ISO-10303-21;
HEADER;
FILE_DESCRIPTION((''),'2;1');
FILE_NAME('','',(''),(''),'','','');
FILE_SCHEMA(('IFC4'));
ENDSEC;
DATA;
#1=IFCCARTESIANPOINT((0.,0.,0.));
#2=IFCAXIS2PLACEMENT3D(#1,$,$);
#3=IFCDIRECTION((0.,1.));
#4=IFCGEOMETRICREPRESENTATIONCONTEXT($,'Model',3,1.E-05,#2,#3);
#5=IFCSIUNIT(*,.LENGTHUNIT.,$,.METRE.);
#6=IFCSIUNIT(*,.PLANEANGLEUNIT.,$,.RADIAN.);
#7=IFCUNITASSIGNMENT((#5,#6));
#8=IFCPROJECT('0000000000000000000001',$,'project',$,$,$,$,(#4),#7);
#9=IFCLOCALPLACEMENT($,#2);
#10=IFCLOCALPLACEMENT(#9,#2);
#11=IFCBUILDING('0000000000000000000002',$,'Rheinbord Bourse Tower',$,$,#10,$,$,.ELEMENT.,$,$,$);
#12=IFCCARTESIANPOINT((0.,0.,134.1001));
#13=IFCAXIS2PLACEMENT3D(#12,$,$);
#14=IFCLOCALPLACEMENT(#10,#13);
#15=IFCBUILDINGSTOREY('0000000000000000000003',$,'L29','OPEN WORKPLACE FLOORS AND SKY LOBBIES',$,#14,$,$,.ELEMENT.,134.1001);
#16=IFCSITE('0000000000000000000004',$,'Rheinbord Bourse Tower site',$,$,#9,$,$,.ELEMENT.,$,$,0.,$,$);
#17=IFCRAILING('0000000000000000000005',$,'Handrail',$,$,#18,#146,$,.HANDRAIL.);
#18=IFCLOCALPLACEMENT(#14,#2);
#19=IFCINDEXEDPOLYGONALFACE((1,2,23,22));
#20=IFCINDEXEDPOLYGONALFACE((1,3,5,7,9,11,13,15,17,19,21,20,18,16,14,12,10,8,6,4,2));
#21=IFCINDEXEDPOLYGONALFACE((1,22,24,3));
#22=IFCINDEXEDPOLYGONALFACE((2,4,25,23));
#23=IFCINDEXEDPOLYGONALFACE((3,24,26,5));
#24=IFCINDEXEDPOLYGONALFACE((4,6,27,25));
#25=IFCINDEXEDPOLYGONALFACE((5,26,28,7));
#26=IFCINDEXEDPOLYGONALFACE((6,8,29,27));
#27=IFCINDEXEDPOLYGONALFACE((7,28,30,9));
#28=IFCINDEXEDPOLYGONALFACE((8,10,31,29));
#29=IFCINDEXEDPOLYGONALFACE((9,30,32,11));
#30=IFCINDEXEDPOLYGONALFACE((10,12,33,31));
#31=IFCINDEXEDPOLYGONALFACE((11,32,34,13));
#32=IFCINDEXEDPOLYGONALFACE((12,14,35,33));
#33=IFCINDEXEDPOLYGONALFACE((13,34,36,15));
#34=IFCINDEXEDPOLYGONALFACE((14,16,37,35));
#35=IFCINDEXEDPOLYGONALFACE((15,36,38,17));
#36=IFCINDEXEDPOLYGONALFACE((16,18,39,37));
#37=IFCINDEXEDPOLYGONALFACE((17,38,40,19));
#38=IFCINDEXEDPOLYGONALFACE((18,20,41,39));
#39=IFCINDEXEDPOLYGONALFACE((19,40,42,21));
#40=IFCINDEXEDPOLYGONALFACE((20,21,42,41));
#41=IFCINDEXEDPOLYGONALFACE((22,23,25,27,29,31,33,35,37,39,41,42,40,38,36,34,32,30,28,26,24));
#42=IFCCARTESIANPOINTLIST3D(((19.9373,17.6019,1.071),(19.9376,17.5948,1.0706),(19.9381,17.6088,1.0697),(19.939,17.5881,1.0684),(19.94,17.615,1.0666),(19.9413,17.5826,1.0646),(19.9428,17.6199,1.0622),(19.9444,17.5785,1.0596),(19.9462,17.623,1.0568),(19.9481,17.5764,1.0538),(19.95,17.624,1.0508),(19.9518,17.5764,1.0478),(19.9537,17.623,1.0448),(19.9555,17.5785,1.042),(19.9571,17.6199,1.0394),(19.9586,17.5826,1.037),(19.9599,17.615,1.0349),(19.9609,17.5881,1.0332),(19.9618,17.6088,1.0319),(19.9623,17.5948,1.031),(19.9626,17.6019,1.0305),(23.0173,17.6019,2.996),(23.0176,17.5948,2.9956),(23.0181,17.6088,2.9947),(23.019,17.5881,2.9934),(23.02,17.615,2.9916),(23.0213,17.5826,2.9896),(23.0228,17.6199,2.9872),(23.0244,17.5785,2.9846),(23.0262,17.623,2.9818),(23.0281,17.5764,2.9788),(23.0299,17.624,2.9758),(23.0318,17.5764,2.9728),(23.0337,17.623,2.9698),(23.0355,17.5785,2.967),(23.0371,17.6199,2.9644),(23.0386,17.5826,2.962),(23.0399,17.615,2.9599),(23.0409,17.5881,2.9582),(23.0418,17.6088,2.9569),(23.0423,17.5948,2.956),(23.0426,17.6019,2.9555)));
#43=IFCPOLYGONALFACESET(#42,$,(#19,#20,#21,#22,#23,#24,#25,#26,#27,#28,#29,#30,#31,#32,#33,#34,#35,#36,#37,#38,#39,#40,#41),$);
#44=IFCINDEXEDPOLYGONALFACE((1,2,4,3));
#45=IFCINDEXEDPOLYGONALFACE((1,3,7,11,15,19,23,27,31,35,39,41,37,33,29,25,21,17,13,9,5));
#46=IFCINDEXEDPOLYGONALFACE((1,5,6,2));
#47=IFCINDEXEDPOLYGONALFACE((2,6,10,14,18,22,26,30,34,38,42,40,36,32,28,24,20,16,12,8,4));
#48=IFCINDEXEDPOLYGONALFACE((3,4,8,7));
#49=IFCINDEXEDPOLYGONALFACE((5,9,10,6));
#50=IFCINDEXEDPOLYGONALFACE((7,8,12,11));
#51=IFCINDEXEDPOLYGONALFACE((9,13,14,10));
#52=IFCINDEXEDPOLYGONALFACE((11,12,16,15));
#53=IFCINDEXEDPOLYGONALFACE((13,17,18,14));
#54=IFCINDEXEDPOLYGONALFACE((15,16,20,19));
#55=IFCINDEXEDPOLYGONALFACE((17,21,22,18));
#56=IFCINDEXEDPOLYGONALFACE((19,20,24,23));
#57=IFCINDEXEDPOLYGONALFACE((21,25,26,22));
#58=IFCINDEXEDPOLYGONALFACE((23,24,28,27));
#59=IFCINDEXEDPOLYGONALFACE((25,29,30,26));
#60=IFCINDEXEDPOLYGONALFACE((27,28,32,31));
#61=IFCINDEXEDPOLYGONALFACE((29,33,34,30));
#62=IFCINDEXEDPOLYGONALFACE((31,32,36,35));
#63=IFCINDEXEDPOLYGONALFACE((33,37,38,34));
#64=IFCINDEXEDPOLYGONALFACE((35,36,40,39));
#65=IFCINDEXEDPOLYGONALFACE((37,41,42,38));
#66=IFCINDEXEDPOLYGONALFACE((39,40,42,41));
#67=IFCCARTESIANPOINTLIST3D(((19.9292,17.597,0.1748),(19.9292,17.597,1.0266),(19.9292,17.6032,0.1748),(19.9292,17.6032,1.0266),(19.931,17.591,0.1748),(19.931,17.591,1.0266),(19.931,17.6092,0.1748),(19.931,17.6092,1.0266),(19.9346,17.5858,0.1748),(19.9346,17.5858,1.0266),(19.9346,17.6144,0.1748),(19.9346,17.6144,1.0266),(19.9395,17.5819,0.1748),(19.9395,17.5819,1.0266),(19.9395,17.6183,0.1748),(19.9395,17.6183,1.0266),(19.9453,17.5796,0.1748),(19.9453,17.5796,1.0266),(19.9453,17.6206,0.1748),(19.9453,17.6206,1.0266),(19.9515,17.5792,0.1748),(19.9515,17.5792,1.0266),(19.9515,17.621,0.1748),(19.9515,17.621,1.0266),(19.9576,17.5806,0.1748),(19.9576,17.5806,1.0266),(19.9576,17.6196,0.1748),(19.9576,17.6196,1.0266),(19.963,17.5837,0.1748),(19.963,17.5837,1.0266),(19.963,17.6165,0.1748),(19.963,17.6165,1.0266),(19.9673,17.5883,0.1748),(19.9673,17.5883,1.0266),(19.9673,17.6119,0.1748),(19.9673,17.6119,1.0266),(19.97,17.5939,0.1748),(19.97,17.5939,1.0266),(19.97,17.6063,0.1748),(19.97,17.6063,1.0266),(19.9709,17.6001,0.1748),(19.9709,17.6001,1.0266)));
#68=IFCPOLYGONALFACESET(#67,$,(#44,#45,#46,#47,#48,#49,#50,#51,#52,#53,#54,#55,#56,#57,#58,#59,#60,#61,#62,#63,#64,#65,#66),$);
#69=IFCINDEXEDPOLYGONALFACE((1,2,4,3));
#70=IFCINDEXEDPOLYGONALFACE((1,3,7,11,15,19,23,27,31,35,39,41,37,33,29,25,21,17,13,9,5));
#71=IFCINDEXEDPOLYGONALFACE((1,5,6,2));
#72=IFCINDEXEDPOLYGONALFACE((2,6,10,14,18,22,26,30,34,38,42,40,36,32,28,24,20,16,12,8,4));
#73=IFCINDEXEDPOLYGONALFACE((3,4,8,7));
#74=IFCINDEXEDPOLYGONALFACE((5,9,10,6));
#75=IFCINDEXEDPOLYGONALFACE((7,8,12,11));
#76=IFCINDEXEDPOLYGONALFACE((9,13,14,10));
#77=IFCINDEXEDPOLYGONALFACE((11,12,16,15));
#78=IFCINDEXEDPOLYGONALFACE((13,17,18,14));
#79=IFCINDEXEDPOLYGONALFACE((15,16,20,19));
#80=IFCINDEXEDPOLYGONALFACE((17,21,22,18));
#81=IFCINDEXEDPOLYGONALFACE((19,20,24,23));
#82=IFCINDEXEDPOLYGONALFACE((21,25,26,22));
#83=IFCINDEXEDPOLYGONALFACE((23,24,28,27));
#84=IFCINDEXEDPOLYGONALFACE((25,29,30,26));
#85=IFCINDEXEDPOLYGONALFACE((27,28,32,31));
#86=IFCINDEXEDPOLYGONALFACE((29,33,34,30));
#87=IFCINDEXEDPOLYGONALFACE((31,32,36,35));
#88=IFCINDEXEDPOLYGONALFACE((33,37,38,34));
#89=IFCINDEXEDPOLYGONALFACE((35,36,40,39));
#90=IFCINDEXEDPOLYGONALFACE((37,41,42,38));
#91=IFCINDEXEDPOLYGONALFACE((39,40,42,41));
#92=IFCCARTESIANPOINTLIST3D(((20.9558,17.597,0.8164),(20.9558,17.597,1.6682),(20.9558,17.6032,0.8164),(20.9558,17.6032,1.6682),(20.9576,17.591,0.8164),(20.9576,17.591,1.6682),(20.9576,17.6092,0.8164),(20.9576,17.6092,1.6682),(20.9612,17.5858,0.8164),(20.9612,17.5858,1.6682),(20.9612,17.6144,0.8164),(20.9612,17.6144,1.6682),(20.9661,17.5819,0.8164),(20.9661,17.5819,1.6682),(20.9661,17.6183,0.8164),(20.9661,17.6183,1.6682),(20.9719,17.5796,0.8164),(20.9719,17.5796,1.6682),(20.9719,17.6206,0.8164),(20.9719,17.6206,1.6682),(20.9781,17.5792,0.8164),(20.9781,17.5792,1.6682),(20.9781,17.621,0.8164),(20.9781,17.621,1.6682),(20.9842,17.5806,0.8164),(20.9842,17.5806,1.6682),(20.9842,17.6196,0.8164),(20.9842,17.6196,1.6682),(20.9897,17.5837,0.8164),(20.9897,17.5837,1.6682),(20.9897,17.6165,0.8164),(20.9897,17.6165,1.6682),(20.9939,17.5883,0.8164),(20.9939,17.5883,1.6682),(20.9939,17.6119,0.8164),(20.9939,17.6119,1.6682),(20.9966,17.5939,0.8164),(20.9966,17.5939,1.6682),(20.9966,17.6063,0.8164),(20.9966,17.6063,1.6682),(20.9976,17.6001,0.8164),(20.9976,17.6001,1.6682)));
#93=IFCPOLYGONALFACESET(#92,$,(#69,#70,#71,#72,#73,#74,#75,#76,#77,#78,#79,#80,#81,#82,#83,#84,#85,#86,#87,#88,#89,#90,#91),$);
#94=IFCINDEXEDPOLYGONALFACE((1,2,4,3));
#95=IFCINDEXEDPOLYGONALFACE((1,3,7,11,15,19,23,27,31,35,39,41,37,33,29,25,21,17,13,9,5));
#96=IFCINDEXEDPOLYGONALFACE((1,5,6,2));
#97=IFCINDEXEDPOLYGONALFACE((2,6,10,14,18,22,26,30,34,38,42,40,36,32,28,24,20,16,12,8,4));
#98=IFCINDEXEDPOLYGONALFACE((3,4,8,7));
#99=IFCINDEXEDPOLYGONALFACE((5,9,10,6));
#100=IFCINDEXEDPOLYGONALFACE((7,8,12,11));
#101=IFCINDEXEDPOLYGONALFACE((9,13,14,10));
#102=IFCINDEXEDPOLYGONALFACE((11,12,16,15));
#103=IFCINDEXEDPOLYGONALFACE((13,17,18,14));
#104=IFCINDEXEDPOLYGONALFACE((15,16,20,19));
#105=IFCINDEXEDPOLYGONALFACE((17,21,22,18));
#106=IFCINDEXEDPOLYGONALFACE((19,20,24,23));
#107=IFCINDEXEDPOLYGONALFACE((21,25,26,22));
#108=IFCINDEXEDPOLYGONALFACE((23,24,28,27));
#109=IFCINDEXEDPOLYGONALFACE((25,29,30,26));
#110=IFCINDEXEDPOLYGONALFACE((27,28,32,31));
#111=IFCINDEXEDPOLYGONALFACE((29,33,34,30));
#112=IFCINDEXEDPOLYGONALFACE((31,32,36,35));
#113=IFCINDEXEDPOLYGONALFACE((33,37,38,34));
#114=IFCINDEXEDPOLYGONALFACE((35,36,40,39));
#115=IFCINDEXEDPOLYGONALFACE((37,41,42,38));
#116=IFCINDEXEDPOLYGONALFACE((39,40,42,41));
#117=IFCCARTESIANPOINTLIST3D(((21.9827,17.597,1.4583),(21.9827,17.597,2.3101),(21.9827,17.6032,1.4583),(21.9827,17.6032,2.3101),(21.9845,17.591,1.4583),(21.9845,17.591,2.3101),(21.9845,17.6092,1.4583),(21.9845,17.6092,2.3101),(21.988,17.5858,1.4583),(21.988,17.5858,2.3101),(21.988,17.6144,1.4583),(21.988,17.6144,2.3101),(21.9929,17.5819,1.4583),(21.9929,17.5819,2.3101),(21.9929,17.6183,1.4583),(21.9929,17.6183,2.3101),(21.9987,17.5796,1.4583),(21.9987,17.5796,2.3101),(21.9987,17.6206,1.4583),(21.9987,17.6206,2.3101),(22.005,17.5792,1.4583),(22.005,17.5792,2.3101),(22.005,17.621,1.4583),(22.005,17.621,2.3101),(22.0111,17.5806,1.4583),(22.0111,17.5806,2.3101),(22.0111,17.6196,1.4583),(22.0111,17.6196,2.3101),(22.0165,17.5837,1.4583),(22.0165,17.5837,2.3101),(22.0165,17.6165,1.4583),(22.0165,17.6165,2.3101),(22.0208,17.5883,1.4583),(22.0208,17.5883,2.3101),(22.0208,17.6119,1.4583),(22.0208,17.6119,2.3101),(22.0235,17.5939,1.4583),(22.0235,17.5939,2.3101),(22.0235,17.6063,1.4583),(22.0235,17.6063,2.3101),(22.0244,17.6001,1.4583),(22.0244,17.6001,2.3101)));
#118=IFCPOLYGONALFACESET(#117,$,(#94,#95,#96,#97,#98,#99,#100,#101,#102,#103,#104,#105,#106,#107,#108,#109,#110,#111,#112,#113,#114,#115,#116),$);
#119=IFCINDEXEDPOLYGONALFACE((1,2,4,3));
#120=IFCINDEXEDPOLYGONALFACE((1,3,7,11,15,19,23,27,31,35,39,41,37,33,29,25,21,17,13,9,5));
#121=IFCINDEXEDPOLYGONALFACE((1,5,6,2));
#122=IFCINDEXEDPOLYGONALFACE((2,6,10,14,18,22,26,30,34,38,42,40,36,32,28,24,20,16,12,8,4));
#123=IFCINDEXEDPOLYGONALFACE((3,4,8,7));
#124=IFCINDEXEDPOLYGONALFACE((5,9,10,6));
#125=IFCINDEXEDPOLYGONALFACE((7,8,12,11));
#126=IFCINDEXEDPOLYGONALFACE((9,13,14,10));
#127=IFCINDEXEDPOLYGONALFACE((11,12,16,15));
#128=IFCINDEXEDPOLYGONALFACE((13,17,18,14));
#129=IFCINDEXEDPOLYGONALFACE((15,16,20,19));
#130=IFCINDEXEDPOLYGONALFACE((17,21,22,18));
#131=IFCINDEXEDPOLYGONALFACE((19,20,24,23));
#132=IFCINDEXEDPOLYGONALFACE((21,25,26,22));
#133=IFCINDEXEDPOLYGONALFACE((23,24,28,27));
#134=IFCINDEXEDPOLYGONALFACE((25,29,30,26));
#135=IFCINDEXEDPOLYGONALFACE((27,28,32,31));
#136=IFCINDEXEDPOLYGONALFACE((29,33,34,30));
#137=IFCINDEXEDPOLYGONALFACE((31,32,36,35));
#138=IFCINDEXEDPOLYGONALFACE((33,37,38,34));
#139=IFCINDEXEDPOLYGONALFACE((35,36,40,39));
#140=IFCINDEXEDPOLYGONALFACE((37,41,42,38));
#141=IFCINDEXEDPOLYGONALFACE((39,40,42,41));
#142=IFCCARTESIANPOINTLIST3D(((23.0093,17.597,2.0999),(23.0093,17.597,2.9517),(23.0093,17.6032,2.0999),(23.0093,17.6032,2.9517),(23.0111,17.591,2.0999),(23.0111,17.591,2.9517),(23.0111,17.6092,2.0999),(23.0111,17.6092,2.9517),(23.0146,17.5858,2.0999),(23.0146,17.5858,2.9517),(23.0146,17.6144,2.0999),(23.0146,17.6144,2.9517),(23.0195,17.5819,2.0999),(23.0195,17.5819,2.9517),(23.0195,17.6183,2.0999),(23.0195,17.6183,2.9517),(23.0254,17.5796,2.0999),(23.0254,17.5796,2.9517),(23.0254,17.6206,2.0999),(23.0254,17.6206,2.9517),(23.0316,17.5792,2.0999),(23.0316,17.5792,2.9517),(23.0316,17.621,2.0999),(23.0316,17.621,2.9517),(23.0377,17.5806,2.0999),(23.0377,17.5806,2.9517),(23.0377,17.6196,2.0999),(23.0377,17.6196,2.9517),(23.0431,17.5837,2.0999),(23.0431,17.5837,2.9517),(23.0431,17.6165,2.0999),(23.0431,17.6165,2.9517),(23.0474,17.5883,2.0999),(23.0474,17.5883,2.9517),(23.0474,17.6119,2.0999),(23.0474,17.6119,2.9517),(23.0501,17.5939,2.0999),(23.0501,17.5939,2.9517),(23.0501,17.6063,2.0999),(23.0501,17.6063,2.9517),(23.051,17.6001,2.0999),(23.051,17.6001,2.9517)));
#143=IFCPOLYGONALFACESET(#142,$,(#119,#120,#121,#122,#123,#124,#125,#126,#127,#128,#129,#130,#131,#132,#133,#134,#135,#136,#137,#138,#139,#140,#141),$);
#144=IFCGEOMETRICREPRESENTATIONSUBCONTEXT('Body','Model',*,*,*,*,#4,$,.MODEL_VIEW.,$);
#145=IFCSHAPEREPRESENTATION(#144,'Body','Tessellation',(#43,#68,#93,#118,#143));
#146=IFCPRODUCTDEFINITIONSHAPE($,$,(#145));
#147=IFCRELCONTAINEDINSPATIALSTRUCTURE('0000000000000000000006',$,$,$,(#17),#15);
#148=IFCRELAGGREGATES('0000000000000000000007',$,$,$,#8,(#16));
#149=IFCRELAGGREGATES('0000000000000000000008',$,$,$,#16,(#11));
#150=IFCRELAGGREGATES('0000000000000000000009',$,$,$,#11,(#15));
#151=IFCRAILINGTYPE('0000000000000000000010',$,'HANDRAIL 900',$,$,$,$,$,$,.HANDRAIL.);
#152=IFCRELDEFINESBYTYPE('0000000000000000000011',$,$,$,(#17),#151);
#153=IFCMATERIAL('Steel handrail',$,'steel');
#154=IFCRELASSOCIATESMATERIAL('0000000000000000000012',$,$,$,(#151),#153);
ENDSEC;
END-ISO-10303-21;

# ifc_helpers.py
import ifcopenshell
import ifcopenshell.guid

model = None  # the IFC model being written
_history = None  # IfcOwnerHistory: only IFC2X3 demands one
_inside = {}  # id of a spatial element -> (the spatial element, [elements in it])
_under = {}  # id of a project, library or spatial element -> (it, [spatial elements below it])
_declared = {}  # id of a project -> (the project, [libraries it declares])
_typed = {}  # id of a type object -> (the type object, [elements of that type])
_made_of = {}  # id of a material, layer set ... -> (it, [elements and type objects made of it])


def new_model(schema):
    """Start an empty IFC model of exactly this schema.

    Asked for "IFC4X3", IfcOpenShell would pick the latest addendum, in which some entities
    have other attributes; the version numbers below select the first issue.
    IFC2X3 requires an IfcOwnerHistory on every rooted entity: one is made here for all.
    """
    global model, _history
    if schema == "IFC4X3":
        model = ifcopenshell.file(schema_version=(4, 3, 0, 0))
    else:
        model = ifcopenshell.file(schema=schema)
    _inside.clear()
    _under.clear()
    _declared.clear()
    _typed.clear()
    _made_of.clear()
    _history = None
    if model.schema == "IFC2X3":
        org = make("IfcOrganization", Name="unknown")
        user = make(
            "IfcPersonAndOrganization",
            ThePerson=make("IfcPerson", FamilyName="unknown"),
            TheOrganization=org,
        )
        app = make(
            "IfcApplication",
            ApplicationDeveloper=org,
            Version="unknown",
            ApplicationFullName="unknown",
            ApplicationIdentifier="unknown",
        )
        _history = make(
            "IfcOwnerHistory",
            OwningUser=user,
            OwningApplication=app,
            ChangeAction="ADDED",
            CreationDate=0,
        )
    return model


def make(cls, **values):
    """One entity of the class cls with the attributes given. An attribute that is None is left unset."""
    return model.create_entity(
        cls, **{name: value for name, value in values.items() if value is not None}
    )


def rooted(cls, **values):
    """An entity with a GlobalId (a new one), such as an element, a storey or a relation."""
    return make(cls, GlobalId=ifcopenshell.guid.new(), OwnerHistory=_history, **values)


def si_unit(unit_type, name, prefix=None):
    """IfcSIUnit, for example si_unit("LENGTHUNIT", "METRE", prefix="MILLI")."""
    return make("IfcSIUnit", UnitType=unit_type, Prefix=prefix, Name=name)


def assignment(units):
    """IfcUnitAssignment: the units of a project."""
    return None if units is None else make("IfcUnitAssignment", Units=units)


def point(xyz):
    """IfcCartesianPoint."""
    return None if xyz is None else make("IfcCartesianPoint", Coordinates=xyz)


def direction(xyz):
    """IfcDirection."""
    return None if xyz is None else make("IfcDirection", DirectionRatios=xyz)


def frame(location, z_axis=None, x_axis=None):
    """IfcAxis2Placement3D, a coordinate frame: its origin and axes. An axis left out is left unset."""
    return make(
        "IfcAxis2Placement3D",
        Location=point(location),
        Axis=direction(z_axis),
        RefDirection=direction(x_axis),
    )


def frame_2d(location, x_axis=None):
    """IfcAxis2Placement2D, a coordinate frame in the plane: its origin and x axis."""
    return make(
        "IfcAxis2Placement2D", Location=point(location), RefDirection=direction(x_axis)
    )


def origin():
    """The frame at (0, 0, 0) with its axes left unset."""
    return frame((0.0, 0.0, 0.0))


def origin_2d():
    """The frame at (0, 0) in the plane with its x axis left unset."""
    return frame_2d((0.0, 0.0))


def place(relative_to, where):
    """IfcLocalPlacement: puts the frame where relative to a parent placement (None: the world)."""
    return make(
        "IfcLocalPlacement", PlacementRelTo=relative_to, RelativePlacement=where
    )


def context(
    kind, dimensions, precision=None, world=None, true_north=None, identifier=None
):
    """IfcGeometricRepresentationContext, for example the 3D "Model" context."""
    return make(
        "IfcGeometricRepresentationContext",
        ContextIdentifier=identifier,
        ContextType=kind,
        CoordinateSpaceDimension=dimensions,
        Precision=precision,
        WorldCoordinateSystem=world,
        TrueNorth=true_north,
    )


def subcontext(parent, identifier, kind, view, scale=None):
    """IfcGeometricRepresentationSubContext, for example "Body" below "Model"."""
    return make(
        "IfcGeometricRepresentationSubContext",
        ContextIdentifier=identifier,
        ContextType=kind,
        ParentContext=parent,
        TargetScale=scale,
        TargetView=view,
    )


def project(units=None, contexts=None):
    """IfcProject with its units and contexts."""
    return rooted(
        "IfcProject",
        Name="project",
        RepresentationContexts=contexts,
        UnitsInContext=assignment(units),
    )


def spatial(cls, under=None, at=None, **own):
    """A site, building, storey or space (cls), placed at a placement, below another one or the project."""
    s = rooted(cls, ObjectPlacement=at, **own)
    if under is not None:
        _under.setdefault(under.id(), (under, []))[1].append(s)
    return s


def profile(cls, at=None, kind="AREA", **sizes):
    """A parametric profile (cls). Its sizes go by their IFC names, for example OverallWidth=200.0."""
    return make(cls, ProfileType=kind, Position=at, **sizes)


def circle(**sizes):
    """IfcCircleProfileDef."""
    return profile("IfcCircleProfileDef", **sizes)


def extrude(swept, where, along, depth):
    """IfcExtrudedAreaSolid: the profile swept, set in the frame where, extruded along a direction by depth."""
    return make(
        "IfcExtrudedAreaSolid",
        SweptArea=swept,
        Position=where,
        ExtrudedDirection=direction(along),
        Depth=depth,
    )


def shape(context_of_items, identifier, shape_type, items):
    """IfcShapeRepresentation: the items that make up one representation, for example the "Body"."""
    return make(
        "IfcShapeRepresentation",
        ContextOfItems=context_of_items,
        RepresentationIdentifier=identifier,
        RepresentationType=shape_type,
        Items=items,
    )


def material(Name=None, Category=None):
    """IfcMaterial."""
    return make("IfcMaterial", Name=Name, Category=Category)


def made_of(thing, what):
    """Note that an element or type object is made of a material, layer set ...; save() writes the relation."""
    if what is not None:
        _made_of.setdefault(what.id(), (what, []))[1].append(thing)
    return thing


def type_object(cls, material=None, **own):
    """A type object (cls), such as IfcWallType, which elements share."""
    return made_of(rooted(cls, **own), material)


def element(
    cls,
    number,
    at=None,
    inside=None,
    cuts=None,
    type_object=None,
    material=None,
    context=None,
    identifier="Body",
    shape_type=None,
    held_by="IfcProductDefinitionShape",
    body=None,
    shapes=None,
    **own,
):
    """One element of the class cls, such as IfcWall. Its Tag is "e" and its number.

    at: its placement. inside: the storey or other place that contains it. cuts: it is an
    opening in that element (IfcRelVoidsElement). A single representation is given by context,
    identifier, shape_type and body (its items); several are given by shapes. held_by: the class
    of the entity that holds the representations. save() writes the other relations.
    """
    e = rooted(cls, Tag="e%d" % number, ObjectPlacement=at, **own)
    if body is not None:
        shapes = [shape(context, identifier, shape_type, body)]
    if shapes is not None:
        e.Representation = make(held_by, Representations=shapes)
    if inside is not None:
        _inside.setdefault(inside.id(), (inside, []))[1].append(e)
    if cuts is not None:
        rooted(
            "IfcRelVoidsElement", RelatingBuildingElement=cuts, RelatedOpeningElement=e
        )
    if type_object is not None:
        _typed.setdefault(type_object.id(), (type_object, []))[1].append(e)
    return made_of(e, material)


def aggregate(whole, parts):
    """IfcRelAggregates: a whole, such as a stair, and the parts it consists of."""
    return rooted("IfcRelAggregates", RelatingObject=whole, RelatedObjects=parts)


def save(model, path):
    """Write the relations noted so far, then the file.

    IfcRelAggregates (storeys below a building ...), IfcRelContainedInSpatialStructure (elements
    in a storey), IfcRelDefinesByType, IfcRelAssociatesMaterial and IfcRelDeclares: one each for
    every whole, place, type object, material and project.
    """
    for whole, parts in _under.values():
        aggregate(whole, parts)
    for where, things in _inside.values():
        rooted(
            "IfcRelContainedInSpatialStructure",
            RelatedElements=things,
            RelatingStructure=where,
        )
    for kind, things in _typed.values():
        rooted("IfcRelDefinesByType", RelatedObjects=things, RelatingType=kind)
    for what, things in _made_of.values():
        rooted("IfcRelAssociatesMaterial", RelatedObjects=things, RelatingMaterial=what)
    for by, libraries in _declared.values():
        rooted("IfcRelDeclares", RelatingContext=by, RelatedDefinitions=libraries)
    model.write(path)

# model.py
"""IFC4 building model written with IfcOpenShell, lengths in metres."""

from ifc_helpers import new_model, si_unit, direction, frame, origin, origin_2d, place, context, subcontext, project, spatial, circle, extrude, material, type_object, element, save


model = new_model("IFC4")

# Units and contexts
model_context = context("Model", 3, precision=1e-05, world=origin(), true_north=direction((0.0, 1.0)))
body_context = subcontext(model_context, "Body", "Model", "MODEL_VIEW")
ifc_project = project(units=[si_unit("LENGTHUNIT", "METRE"), si_unit("PLANEANGLEUNIT", "RADIAN")], contexts=[model_context])

# Site, building, storey
site_placement = place(None, origin())
site = spatial("IfcSite", under=ifc_project, at=site_placement, Name="Rheinbord Bourse Tower site", CompositionType="ELEMENT", RefElevation=0.0)
building_placement = place(site_placement, origin())
building = spatial("IfcBuilding", under=site, at=building_placement, Name="Rheinbord Bourse Tower", CompositionType="ELEMENT")
storey_placement = place(building_placement, frame((0.0, 0.0, 134.1001)))
storey = spatial("IfcBuildingStorey", under=building, at=storey_placement, Name="L29", Description="OPEN WORKPLACE FLOORS AND SKY LOBBIES", CompositionType="ELEMENT", Elevation=134.1001)

# Railing
ifc_material_1 = material(Name="Steel handrail", Category="steel")
railing_type = type_object("IfcRailingType", Name="HANDRAIL 900", PredefinedType="HANDRAIL", material=ifc_material_1)
railing_1_placement = place(storey_placement, frame((19.95, 17.6001, 0.1748)))
element("IfcRailing", 1, at=railing_1_placement, inside=storey, type_object=railing_type, Name="Handrail", PredefinedType="HANDRAIL", context=body_context, shape_type="SweptSolid", body=[
    extrude(circle(Radius=0.0239, at=origin_2d()), frame((0.0, 0.0, 0.876), z_axis=(0.847998, 0.0, 0.529999), x_axis=(0.0, 1.0, 0.0)), (0.0, 0.0, 1.0), 3.6321),
    extrude(circle(Radius=0.021, at=origin_2d()), origin(), (0.0, 0.0, 1.0), 0.8518),
    extrude(circle(Radius=0.021, at=origin_2d()), frame((1.0266, 0.0, 0.6416)), (0.0, 0.0, 1.0), 0.8518),
    extrude(circle(Radius=0.021, at=origin_2d()), frame((2.0535, 0.0, 1.2834)), (0.0, 0.0, 1.0), 0.8518),
    extrude(circle(Radius=0.021, at=origin_2d()), frame((3.0801, 0.0, 1.925)), (0.0, 0.0, 1.0), 0.8518),
])

save(model, "model.ifc")
